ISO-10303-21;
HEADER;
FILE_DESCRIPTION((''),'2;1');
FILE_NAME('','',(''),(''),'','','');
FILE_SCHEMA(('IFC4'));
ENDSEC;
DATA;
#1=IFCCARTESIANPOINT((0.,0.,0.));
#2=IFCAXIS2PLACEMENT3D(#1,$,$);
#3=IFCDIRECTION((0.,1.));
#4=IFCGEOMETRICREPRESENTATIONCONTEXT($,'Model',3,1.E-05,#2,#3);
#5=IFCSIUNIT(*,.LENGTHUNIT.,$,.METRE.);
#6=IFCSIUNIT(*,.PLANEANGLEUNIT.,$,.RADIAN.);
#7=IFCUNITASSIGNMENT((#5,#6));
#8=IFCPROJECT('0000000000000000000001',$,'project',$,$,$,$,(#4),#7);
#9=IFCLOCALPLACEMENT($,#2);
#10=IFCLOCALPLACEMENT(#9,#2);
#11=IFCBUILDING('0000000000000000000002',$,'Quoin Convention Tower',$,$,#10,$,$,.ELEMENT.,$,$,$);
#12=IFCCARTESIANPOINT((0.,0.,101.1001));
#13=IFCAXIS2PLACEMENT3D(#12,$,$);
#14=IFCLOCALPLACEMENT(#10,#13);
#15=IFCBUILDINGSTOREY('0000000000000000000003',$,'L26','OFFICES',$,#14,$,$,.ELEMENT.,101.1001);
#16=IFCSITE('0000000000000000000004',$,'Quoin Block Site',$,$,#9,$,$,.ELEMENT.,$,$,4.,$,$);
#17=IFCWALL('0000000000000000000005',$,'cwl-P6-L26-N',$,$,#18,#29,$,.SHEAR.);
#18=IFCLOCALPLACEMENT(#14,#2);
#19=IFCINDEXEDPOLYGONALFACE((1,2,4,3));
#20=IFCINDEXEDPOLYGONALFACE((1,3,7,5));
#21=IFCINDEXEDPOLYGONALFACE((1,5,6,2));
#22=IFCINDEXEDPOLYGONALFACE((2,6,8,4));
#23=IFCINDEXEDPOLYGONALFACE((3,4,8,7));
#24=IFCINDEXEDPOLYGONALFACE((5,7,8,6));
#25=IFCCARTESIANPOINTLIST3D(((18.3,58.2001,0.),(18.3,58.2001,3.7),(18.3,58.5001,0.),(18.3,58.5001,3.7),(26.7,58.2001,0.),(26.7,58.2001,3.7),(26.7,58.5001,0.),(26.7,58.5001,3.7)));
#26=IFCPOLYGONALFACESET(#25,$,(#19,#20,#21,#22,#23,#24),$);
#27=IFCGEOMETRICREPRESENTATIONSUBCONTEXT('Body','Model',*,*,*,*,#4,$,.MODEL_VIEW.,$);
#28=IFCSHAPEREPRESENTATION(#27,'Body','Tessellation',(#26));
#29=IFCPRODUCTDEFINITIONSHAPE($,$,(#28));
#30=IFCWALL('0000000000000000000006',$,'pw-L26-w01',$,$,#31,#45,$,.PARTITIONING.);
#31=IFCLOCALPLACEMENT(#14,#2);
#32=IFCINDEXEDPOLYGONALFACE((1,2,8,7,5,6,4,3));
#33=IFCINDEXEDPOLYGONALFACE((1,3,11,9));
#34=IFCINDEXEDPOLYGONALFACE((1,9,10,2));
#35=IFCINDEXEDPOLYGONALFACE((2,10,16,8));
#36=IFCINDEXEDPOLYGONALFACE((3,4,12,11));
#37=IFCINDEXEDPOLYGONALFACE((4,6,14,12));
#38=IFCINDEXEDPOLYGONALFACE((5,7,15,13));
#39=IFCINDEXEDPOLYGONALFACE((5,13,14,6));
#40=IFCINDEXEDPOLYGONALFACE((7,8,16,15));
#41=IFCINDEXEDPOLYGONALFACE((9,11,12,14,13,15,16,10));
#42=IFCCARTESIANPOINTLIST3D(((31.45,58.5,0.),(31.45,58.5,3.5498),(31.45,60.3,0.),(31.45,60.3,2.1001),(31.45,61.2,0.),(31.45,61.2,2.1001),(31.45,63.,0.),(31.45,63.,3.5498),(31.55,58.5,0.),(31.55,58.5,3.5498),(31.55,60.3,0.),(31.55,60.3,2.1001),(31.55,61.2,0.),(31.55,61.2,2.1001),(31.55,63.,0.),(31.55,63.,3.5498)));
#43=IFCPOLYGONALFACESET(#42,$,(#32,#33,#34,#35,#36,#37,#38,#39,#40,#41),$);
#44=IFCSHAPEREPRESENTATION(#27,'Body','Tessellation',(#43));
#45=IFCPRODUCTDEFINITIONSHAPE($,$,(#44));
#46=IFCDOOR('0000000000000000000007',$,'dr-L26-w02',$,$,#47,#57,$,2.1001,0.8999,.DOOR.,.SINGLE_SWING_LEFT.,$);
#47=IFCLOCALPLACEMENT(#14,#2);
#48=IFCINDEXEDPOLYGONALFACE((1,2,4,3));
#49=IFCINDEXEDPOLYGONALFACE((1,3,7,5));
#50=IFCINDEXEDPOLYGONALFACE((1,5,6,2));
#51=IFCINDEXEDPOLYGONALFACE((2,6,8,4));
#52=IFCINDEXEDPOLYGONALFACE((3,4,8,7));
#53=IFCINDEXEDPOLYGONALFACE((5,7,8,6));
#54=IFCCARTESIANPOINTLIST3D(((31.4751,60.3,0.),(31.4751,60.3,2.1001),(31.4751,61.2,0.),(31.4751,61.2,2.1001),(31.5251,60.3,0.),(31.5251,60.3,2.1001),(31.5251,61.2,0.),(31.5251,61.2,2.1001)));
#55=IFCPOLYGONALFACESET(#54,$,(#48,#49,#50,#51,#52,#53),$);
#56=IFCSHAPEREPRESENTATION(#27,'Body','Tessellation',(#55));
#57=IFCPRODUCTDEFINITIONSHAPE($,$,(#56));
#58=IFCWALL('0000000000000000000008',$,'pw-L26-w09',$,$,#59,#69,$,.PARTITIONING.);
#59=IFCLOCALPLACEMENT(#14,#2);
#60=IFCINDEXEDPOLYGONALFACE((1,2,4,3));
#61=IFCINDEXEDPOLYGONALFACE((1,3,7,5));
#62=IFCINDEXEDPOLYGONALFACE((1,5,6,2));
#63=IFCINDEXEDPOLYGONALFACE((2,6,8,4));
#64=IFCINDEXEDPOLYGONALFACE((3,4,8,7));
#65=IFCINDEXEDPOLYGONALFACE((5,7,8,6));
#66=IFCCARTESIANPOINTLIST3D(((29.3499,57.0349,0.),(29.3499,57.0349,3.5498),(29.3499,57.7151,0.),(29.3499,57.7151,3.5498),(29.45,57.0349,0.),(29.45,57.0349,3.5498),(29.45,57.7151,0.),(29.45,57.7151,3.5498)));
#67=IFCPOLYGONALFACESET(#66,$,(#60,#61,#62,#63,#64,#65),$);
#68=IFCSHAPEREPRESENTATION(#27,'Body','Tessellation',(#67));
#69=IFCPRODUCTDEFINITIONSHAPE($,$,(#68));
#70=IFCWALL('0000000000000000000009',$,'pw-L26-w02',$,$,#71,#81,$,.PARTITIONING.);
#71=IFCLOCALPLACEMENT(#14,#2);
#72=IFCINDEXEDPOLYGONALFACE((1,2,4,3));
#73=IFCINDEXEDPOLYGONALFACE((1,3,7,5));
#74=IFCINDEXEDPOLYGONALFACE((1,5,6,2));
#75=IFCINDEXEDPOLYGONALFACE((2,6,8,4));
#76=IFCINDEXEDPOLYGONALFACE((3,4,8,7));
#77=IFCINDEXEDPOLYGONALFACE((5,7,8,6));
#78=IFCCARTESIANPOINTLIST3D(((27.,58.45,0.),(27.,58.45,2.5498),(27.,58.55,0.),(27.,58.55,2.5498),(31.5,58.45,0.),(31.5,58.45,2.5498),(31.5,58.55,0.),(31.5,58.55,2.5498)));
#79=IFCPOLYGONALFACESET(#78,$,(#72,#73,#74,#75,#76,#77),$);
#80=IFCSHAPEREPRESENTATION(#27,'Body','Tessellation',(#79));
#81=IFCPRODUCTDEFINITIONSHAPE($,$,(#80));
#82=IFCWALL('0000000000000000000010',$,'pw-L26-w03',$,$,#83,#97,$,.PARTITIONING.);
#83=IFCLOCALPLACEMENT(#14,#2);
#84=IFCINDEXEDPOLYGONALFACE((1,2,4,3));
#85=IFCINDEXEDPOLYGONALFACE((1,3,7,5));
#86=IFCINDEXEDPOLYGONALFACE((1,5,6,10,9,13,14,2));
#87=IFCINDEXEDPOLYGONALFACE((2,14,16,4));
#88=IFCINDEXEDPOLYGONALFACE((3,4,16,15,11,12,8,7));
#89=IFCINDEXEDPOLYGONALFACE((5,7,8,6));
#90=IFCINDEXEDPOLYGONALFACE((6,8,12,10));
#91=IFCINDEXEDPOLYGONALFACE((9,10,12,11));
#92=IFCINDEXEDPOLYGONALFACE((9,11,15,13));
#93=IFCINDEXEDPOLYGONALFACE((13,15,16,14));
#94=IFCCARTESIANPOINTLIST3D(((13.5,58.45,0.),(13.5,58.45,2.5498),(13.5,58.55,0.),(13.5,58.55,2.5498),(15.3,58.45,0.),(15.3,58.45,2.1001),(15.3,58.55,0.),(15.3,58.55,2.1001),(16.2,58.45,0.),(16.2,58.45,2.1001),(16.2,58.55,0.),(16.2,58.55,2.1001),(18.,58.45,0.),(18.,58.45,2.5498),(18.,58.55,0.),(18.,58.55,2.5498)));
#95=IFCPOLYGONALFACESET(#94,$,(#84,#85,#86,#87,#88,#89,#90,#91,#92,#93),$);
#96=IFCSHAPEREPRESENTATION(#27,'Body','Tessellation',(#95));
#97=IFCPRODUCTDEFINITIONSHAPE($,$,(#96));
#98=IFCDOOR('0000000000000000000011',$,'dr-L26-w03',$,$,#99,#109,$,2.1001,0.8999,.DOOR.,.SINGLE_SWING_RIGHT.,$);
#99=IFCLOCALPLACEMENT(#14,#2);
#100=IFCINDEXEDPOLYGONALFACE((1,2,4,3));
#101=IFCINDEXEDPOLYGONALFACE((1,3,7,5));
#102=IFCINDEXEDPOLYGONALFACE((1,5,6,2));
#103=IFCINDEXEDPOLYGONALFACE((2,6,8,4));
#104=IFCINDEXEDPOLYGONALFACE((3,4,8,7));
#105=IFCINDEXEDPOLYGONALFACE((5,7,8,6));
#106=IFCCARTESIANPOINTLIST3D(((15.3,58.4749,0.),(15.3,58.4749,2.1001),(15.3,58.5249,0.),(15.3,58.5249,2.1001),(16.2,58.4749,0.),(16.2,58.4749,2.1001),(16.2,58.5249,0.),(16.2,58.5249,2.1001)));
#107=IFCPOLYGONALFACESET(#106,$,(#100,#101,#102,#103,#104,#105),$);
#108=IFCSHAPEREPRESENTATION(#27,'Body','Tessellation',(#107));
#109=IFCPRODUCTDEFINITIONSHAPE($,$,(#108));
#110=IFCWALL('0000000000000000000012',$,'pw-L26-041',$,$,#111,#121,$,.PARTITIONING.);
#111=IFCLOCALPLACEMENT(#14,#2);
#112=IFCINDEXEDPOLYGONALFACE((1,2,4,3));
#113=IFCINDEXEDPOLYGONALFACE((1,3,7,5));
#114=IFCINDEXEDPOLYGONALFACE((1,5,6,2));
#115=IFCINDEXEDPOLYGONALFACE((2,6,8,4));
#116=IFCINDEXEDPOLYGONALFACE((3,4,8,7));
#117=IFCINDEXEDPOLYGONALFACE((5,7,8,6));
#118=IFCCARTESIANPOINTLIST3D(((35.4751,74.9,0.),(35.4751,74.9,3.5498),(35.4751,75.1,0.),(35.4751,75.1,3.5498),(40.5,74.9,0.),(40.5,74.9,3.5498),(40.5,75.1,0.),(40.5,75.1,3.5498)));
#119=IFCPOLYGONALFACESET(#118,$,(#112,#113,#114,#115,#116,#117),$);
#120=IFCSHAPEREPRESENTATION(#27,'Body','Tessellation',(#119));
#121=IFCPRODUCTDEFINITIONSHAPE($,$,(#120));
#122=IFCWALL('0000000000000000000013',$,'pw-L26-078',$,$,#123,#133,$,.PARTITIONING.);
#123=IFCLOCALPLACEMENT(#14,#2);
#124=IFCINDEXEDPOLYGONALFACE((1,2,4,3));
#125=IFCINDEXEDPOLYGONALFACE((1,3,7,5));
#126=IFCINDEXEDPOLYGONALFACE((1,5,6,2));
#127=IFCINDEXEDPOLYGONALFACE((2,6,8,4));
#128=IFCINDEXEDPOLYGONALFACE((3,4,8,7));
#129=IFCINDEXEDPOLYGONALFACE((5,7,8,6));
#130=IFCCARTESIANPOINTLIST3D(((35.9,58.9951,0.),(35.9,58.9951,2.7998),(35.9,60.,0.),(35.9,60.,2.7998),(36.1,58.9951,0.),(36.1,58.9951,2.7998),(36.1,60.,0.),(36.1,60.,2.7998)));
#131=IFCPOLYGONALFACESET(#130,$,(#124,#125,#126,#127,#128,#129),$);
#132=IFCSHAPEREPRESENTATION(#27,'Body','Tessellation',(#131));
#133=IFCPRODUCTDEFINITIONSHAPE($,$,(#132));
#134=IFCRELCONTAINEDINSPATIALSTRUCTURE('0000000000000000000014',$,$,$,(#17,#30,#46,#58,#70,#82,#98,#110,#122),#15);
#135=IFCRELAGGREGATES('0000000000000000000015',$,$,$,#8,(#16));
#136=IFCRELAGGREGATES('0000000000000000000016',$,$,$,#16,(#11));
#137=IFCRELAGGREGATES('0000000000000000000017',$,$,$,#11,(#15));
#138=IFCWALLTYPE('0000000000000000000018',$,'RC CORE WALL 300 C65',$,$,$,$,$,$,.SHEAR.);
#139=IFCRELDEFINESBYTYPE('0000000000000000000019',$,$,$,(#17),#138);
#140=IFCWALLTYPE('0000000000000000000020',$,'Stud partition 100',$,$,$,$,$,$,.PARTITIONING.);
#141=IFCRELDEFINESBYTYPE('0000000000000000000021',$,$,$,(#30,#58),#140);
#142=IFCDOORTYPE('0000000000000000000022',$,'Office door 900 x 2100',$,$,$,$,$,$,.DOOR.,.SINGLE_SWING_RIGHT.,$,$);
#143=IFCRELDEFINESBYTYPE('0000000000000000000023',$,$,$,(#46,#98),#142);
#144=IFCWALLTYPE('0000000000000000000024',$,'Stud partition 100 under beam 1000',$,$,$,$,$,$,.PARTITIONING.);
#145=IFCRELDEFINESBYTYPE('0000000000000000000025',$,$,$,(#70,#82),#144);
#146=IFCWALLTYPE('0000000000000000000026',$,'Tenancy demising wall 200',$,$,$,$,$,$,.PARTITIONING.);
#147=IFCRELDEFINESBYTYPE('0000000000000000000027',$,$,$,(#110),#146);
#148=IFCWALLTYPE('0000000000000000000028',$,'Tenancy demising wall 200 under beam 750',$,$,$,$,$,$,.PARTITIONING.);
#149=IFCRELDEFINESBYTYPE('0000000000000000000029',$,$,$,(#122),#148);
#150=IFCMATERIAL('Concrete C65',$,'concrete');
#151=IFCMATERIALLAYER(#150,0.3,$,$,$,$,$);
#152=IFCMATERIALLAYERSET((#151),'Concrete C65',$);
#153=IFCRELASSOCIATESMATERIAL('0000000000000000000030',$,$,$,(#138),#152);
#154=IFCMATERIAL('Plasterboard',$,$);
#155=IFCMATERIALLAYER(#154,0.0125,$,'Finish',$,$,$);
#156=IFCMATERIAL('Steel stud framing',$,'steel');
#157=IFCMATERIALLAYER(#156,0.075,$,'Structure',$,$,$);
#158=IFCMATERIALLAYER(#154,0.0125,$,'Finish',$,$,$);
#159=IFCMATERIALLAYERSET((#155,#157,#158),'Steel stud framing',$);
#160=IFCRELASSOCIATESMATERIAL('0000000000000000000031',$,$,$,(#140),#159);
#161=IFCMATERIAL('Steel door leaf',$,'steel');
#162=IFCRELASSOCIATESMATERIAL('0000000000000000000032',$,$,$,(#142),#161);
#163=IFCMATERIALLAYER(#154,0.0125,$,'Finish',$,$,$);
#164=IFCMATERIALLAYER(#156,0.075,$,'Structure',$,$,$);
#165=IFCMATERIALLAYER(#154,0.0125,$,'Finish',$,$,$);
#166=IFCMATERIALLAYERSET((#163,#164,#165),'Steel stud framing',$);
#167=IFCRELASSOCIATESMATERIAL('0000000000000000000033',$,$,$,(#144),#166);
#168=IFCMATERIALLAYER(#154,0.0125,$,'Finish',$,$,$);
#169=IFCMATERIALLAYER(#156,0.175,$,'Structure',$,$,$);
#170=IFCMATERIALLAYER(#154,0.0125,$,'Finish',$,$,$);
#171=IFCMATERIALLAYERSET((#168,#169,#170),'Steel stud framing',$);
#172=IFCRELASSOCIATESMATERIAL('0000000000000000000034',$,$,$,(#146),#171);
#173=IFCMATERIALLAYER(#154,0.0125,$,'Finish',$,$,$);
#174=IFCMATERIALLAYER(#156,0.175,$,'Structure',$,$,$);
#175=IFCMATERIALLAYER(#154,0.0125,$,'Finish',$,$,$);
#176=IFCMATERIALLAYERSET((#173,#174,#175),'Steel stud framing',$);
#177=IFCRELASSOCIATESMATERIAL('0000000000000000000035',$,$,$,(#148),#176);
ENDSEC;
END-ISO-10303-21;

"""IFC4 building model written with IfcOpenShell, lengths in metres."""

from ifc_helpers import new_model, si_unit, direction, frame, frame_2d, origin, place, context, subcontext, project, spatial, rectangle, extrude, material, layer, layer_set, type_object, element, fill, save


model = new_model("IFC4")

# Units and contexts
model_context = context("Model", 3, precision=1e-05, world=origin(), true_north=direction((0.0, 1.0)))
body_context = subcontext(model_context, "Body", "Model", "MODEL_VIEW")
ifc_project = project(units=[si_unit("LENGTHUNIT", "METRE"), si_unit("PLANEANGLEUNIT", "RADIAN")], contexts=[model_context])

# Site, building, storey
site_placement = place(None, origin())
site = spatial("IfcSite", under=ifc_project, at=site_placement, Name="Quoin Block Site", CompositionType="ELEMENT", RefElevation=4.0)
building_placement = place(site_placement, origin())
building = spatial("IfcBuilding", under=site, at=building_placement, Name="Quoin Convention Tower", CompositionType="ELEMENT")
storey_placement = place(building_placement, frame((0.0, 0.0, 101.1001)))
storey = spatial("IfcBuildingStorey", under=building, at=storey_placement, Name="L26", Description="OFFICES", CompositionType="ELEMENT", Elevation=101.1001)

# Shared definitions
ifc_material_1 = material(Name="Concrete C65", Category="concrete")

# Wall
ifc_material_2 = material(Name="Plasterboard")
ifc_material_3 = material(Name="Steel stud framing", Category="steel")
ifc_layer_1 = layer(ifc_material_1, 0.3)
ifc_layer_set_1 = layer_set([ifc_layer_1], Name="Concrete C65")
wall_type_1 = type_object("IfcWallType", Name="RC CORE WALL 300 C65", PredefinedType="SHEAR", material=ifc_layer_set_1)
wall_1_placement = place(storey_placement, frame((18.3, 58.3501, 0.0), z_axis=(0.0, 0.0, 1.0), x_axis=(1.0, 0.0, 0.0)))
element("IfcWall", 1, at=wall_1_placement, inside=storey, type_object=wall_type_1, Name="cwl-P6-L26-N", PredefinedType="SHEAR", context=body_context, shape_type="SweptSolid", body=[
    extrude(rectangle(XDim=8.3999, YDim=0.3, at=frame_2d((4.2, 0.0))), origin(), (0.0, 0.0, 1.0), 3.7),
])

# Wall, opening, door
ifc_layer_2 = layer(ifc_material_2, 0.0125, Name="Finish")
ifc_layer_3 = layer(ifc_material_3, 0.075, Name="Structure")
ifc_layer_4 = layer(ifc_material_2, 0.0125, Name="Finish")
ifc_layer_set_2 = layer_set([ifc_layer_2, ifc_layer_3, ifc_layer_4], Name="Steel stud framing")
wall_type_2 = type_object("IfcWallType", Name="Stud partition 100", PredefinedType="PARTITIONING", material=ifc_layer_set_2)
wall_2_placement = place(storey_placement, frame((31.5, 63.0, 0.0), z_axis=(0.0, 0.0, 1.0), x_axis=(0.0, -1.0, 0.0)))
wall_2 = element("IfcWall", 2, at=wall_2_placement, inside=storey, type_object=wall_type_2, Name="pw-L26-w01", PredefinedType="PARTITIONING", context=body_context, shape_type="SweptSolid", body=[
    extrude(rectangle(XDim=4.5, YDim=0.1001, at=frame_2d((2.25, 0.0))), origin(), (0.0, 0.0, 1.0), 3.5498),
])
opening_1_placement = place(wall_2_placement, frame((1.8, 0.0, 0.0)))
opening_1 = element("IfcOpeningElement", 3, at=opening_1_placement, cuts=wall_2, PredefinedType="OPENING", context=body_context, shape_type="SweptSolid", body=[
    extrude(rectangle(XDim=0.8999, YDim=2.1001, at=frame_2d((0.45, 1.05))), frame((0.0, 0.0601, 0.0), z_axis=(0.0, -1.0, 0.0), x_axis=(1.0, 0.0, 0.0)), (0.0, 0.0, 1.0), 0.1201),
])
ifc_material_4 = material(Name="Steel door leaf", Category="steel")
door_type = type_object("IfcDoorType", Name="Office door 900 x 2100", OperationType="SINGLE_SWING_RIGHT", PredefinedType="DOOR", material=ifc_material_4)
door_1_placement = place(opening_1_placement, frame((0.8999, 0.0, 0.0), z_axis=(0.0, 0.0, 1.0), x_axis=(-1.0, 0.0, 0.0)))
door_1 = element("IfcDoor", 4, at=door_1_placement, inside=storey, type_object=door_type, Name="dr-L26-w02", OperationType="SINGLE_SWING_LEFT", OverallHeight=2.1001, OverallWidth=0.8999, PredefinedType="DOOR", context=body_context, shape_type="SweptSolid", body=[
    extrude(rectangle(XDim=0.8999, YDim=2.1001, at=frame_2d((0.45, 1.05))), frame((0.0, 0.0249, 0.0), z_axis=(0.0, -1.0, 0.0), x_axis=(1.0, 0.0, 0.0)), (0.0, 0.0, 1.0), 0.05),
])
fill(opening_1, door_1)

# Walls
wall_3_placement = place(storey_placement, frame((29.3999, 57.7151, 0.0), z_axis=(0.0, 0.0, 1.0), x_axis=(0.0, -1.0, 0.0)))
element("IfcWall", 5, at=wall_3_placement, inside=storey, type_object=wall_type_2, Name="pw-L26-w09", PredefinedType="PARTITIONING", context=body_context, shape_type="SweptSolid", body=[
    extrude(rectangle(XDim=0.6802, YDim=0.1001, at=frame_2d((0.3401, 0.0))), origin(), (0.0, 0.0, 1.0), 3.5498),
])
ifc_layer_5 = layer(ifc_material_2, 0.0125, Name="Finish")
ifc_layer_6 = layer(ifc_material_3, 0.075, Name="Structure")
ifc_layer_7 = layer(ifc_material_2, 0.0125, Name="Finish")
ifc_layer_set_3 = layer_set([ifc_layer_5, ifc_layer_6, ifc_layer_7], Name="Steel stud framing")
wall_type_3 = type_object("IfcWallType", Name="Stud partition 100 under beam 1000", PredefinedType="PARTITIONING", material=ifc_layer_set_3)
wall_4_placement = place(storey_placement, frame((31.5, 58.5, 0.0), z_axis=(0.0, 0.0, 1.0), x_axis=(-1.0, 0.0, 0.0)))
element("IfcWall", 6, at=wall_4_placement, inside=storey, type_object=wall_type_3, Name="pw-L26-w02", PredefinedType="PARTITIONING", context=body_context, shape_type="SweptSolid", body=[
    extrude(rectangle(XDim=4.5, YDim=0.1001, at=frame_2d((2.25, 0.0))), origin(), (0.0, 0.0, 1.0), 2.5498),
])

# Wall, opening, door
wall_5_placement = place(storey_placement, frame((13.5, 58.5, 0.0), z_axis=(0.0, 0.0, 1.0), x_axis=(1.0, 0.0, 0.0)))
wall_5 = element("IfcWall", 7, at=wall_5_placement, inside=storey, type_object=wall_type_3, Name="pw-L26-w03", PredefinedType="PARTITIONING", context=body_context, shape_type="SweptSolid", body=[
    extrude(rectangle(XDim=4.5, YDim=0.1001, at=frame_2d((2.25, 0.0))), origin(), (0.0, 0.0, 1.0), 2.5498),
])
opening_2_placement = place(wall_5_placement, frame((1.8, 0.0, 0.0)))
opening_2 = element("IfcOpeningElement", 8, at=opening_2_placement, cuts=wall_5, PredefinedType="OPENING", context=body_context, shape_type="SweptSolid", body=[
    extrude(rectangle(XDim=0.8999, YDim=2.1001, at=frame_2d((0.45, 1.05))), frame((0.0, 0.0601, 0.0), z_axis=(0.0, -1.0, 0.0), x_axis=(1.0, 0.0, 0.0)), (0.0, 0.0, 1.0), 0.1201),
])
door_2_placement = place(opening_2_placement, origin())
door_2 = element("IfcDoor", 9, at=door_2_placement, inside=storey, type_object=door_type, Name="dr-L26-w03", OperationType="SINGLE_SWING_RIGHT", OverallHeight=2.1001, OverallWidth=0.8999, PredefinedType="DOOR", context=body_context, shape_type="SweptSolid", body=[
    extrude(rectangle(XDim=0.8999, YDim=2.1001, at=frame_2d((0.45, 1.05))), frame((0.0, 0.0249, 0.0), z_axis=(0.0, -1.0, 0.0), x_axis=(1.0, 0.0, 0.0)), (0.0, 0.0, 1.0), 0.05),
])
fill(opening_2, door_2)

# Walls
ifc_layer_8 = layer(ifc_material_2, 0.0125, Name="Finish")
ifc_layer_9 = layer(ifc_material_3, 0.175, Name="Structure")
ifc_layer_10 = layer(ifc_material_2, 0.0125, Name="Finish")
ifc_layer_set_4 = layer_set([ifc_layer_8, ifc_layer_9, ifc_layer_10], Name="Steel stud framing")
wall_type_4 = type_object("IfcWallType", Name="Tenancy demising wall 200", PredefinedType="PARTITIONING", material=ifc_layer_set_4)
wall_6_placement = place(storey_placement, frame((35.4751, 75.0, 0.0), z_axis=(0.0, 0.0, 1.0), x_axis=(1.0, 0.0, 0.0)))
element("IfcWall", 10, at=wall_6_placement, inside=storey, type_object=wall_type_4, Name="pw-L26-041", PredefinedType="PARTITIONING", context=body_context, shape_type="SweptSolid", body=[
    extrude(rectangle(XDim=5.0249, YDim=0.2, at=frame_2d((2.5125, 0.0))), origin(), (0.0, 0.0, 1.0), 3.5498),
])
ifc_layer_11 = layer(ifc_material_2, 0.0125, Name="Finish")
ifc_layer_12 = layer(ifc_material_3, 0.175, Name="Structure")
ifc_layer_13 = layer(ifc_material_2, 0.0125, Name="Finish")
ifc_layer_set_5 = layer_set([ifc_layer_11, ifc_layer_12, ifc_layer_13], Name="Steel stud framing")
wall_type_5 = type_object("IfcWallType", Name="Tenancy demising wall 200 under beam 750", PredefinedType="PARTITIONING", material=ifc_layer_set_5)
wall_7_placement = place(storey_placement, frame((36.0, 58.9951, 0.0), z_axis=(0.0, 0.0, 1.0), x_axis=(0.0, 1.0, 0.0)))
element("IfcWall", 11, at=wall_7_placement, inside=storey, type_object=wall_type_5, Name="pw-L26-078", PredefinedType="PARTITIONING", context=body_context, shape_type="SweptSolid", body=[
    extrude(rectangle(XDim=1.0049, YDim=0.2, at=frame_2d((0.5024, 0.0))), origin(), (0.0, 0.0, 1.0), 2.7998),
])

save(model, "model.ifc")
